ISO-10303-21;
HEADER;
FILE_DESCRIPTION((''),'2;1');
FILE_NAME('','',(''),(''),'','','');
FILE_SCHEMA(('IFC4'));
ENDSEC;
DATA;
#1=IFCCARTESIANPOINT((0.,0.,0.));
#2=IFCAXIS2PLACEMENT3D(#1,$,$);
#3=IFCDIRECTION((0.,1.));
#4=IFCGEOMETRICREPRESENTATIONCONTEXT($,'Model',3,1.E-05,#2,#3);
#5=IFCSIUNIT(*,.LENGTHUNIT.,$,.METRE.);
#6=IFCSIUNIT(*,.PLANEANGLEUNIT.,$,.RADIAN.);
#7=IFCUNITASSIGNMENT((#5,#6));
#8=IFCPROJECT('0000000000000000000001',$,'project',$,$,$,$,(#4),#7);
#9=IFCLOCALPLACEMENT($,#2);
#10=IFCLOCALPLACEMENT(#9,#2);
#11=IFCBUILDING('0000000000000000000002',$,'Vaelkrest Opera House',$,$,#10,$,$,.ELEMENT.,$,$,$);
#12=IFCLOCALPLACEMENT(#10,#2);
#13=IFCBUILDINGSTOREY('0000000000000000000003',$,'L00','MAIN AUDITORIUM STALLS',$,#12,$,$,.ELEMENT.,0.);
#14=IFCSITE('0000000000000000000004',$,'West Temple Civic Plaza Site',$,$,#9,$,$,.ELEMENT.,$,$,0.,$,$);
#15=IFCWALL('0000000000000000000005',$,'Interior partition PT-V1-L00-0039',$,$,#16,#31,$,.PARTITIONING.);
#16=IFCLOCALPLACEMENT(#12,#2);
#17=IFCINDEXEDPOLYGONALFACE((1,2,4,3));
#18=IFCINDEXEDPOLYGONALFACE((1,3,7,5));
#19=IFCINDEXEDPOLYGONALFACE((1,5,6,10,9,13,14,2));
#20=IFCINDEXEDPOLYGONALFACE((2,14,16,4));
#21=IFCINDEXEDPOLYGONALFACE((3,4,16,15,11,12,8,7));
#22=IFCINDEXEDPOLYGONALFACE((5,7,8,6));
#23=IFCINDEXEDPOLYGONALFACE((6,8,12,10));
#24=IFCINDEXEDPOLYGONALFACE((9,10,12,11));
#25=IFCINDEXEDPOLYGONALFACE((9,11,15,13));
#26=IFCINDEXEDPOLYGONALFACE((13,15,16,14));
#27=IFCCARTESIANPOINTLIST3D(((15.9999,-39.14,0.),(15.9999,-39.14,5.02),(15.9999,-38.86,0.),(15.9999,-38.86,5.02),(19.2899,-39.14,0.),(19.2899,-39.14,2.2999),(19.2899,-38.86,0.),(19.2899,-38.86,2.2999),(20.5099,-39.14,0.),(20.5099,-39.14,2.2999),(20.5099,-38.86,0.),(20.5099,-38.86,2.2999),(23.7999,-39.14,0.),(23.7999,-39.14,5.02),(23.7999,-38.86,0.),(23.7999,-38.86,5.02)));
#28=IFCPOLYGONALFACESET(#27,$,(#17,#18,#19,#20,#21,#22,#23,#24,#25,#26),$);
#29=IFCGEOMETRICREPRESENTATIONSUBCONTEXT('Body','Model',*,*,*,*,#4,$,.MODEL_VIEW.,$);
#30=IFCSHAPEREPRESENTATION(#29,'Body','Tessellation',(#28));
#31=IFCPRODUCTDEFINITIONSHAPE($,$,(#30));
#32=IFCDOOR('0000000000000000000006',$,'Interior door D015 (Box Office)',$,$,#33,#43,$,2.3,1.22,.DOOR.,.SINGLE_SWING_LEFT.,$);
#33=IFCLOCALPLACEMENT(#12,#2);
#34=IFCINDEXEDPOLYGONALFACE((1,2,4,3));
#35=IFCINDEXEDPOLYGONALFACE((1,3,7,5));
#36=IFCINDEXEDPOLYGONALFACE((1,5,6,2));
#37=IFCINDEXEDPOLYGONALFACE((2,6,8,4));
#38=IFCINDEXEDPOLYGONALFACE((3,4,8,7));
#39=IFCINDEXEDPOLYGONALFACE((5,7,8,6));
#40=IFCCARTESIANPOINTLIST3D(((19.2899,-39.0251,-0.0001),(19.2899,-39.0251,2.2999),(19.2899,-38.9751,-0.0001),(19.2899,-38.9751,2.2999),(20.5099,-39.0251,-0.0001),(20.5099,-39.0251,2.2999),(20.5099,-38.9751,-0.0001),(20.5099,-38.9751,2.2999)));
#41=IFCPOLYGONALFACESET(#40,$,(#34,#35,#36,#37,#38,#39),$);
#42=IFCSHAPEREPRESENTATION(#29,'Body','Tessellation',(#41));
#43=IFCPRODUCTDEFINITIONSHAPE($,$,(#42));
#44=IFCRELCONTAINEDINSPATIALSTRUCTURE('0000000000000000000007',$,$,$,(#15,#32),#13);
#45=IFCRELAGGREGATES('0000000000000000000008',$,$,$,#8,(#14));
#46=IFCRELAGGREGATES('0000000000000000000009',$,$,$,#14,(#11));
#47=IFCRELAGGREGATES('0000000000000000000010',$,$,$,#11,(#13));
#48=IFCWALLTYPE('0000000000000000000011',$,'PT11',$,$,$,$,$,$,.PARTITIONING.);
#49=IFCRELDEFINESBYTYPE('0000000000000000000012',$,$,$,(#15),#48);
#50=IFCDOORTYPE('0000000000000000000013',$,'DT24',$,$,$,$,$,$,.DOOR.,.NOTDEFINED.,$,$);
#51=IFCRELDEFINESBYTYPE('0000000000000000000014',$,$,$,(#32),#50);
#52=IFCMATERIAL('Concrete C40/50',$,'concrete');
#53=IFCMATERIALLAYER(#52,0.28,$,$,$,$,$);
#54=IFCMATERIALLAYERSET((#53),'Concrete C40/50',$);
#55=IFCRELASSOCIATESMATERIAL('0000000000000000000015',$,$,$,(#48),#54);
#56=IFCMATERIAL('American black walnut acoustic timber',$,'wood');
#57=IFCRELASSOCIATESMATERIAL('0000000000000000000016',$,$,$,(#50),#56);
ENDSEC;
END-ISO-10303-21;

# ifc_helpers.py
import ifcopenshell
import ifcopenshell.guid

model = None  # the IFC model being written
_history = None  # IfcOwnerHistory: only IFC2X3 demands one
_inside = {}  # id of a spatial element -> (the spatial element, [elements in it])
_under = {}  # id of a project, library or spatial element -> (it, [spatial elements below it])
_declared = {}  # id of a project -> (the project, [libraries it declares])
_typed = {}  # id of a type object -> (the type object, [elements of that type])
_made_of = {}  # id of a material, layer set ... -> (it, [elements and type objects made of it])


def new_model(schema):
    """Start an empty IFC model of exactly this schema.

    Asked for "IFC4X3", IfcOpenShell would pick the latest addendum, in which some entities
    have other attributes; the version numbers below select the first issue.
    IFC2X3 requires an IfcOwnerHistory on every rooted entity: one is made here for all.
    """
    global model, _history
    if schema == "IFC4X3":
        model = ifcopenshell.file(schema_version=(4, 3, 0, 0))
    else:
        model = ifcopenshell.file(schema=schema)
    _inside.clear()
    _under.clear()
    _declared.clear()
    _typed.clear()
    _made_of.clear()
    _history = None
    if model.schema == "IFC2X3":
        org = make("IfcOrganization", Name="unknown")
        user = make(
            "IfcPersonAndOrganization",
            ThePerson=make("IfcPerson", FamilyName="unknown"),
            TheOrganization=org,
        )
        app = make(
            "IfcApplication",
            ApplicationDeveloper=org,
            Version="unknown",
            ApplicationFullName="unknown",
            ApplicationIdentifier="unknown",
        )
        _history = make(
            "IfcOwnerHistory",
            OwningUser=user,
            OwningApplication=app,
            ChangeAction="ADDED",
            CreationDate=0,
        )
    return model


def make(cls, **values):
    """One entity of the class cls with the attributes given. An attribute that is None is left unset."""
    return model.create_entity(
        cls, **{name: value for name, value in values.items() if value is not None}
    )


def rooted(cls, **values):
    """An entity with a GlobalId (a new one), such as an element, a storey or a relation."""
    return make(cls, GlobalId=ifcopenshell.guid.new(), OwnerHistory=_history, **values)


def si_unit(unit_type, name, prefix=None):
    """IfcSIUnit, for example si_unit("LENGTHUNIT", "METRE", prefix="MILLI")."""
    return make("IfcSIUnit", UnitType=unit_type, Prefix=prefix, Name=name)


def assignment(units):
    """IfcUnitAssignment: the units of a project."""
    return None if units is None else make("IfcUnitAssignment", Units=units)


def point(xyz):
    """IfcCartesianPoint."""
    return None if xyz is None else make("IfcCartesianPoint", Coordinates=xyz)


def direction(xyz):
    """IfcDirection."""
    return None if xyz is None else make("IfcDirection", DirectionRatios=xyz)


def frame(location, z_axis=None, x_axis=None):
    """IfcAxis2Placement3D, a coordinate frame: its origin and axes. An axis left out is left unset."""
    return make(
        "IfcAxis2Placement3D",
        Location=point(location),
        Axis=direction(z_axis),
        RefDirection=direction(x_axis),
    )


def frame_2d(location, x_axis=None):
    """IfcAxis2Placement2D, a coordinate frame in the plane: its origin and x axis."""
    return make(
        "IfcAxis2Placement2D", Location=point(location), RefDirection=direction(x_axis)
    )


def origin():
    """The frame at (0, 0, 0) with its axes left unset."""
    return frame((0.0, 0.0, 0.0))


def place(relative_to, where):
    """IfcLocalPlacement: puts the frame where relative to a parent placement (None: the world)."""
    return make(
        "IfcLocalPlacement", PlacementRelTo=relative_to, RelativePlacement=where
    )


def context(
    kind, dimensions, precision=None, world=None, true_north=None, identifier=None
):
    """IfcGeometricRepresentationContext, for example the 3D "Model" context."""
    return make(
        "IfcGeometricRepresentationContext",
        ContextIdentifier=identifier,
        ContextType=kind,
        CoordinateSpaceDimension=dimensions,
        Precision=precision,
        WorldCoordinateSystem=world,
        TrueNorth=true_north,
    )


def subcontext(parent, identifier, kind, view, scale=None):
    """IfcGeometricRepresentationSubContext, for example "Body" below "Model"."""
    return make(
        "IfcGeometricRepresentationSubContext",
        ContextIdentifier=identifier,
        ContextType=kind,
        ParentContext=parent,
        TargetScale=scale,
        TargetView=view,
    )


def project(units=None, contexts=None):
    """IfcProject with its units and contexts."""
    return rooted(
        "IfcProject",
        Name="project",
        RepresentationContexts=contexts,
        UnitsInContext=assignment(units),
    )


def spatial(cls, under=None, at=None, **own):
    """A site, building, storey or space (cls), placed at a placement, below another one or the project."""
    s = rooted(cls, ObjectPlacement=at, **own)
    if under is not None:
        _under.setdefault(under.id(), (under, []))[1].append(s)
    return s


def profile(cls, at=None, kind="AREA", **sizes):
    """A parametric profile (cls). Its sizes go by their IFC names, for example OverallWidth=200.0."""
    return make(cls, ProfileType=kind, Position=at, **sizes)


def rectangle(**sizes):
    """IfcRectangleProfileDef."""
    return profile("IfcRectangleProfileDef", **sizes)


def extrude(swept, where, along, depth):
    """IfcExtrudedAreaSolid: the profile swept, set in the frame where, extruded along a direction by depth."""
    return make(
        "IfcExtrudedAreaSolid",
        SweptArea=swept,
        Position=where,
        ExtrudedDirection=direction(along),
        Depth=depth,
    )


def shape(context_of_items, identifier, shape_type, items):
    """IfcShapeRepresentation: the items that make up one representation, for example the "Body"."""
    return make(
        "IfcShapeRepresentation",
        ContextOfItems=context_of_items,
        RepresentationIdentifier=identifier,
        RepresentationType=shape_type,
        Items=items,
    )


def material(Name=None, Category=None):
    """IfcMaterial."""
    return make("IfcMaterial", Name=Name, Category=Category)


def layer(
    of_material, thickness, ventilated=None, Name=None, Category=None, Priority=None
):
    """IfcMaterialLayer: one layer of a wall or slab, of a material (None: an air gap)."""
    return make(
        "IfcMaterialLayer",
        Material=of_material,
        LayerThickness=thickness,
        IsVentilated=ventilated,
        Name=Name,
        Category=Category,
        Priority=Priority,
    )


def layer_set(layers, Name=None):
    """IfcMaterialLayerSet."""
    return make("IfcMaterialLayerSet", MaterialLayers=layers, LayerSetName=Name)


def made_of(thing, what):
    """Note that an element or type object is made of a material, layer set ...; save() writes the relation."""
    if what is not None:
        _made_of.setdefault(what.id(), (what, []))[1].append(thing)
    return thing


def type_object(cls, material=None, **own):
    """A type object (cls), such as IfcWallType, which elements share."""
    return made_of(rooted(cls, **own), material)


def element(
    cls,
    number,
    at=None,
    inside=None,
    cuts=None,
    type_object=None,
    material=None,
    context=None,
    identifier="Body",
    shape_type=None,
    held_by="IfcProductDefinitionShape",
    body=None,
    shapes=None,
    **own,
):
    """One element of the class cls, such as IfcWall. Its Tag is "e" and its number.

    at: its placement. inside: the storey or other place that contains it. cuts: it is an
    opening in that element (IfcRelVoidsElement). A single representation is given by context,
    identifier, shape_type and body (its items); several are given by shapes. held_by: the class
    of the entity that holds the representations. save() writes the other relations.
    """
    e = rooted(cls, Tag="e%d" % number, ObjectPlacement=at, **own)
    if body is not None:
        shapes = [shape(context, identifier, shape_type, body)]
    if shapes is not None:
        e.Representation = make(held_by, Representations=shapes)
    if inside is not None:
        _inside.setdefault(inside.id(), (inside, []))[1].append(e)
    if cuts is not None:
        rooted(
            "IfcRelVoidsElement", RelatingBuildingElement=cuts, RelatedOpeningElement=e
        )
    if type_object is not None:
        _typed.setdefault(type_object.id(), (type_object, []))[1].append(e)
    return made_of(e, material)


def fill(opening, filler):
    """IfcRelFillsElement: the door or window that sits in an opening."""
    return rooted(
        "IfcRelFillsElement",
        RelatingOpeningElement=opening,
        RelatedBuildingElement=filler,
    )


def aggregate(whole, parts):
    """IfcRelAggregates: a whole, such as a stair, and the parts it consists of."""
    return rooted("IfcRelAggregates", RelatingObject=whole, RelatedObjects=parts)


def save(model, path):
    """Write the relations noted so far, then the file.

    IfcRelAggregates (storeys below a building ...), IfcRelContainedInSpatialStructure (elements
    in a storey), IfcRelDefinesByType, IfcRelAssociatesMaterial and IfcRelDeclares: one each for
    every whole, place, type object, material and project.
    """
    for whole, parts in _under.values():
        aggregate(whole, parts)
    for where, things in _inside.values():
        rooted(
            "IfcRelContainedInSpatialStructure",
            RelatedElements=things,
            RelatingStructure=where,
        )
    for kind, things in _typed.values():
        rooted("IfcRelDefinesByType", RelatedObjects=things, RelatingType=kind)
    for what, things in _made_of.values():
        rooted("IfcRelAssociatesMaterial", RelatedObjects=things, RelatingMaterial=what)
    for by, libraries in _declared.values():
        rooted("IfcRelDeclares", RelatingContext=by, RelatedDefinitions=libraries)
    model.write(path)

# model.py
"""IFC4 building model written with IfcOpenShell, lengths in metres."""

from ifc_helpers import new_model, si_unit, direction, frame, frame_2d, origin, place, context, subcontext, project, spatial, rectangle, extrude, material, layer, layer_set, type_object, element, fill, save


model = new_model("IFC4")

# Units and contexts
model_context = context("Model", 3, precision=1e-05, world=origin(), true_north=direction((0.0, 1.0)))
body_context = subcontext(model_context, "Body", "Model", "MODEL_VIEW")
ifc_project = project(units=[si_unit("LENGTHUNIT", "METRE"), si_unit("PLANEANGLEUNIT", "RADIAN")], contexts=[model_context])

# Site, building, storey
site_placement = place(None, origin())
site = spatial("IfcSite", under=ifc_project, at=site_placement, Name="West Temple Civic Plaza Site", CompositionType="ELEMENT", RefElevation=0.0)
building_placement = place(site_placement, origin())
building = spatial("IfcBuilding", under=site, at=building_placement, Name="Vaelkrest Opera House", CompositionType="ELEMENT")
storey_placement = place(building_placement, origin())
storey = spatial("IfcBuildingStorey", under=building, at=storey_placement, Name="L00", Description="MAIN AUDITORIUM STALLS", CompositionType="ELEMENT", Elevation=0.0)

# Shared definitions
ifc_material_1 = material(Name="American black walnut acoustic timber", Category="wood")

# Shared definitions
ifc_material_2 = material(Name="Concrete C40/50", Category="concrete")

# Wall, opening, door
ifc_layer_1 = layer(ifc_material_2, 0.28)
ifc_layer_set_1 = layer_set([ifc_layer_1], Name="Concrete C40/50")
wall_type_1 = type_object("IfcWallType", Name="PT11", PredefinedType="PARTITIONING", material=ifc_layer_set_1)
wall_1_placement = place(storey_placement, frame((16.0, -39.0, 0.0), z_axis=(0.0, 0.0, 1.0), x_axis=(1.0, 0.0, 0.0)))
wall_1 = element("IfcWall", 1, at=wall_1_placement, inside=storey, type_object=wall_type_1, Name="Interior partition PT-V1-L00-0039", PredefinedType="PARTITIONING", context=body_context, shape_type="SweptSolid", body=[
    extrude(rectangle(XDim=7.8, YDim=0.28, at=frame_2d((3.8999, 0.0))), origin(), (0.0, 0.0, 1.0), 5.02),
])
opening_1_placement = place(wall_1_placement, frame((3.29, 0.0, 0.0)))
opening_1 = element("IfcOpeningElement", 2, at=opening_1_placement, cuts=wall_1, PredefinedType="OPENING", context=body_context, shape_type="SweptSolid", body=[
    extrude(rectangle(XDim=1.22, YDim=2.3, at=frame_2d((0.6099, 1.1499))), frame((0.0, 0.1499, 0.0), z_axis=(0.0, -1.0, 0.0), x_axis=(1.0, 0.0, 0.0)), (0.0, 0.0, 1.0), 0.3),
])
door_type_1 = type_object("IfcDoorType", Name="DT24", OperationType="NOTDEFINED", PredefinedType="DOOR", material=ifc_material_1)
door_1_placement = place(opening_1_placement, origin())
door_1 = element("IfcDoor", 3, at=door_1_placement, inside=storey, type_object=door_type_1, Name="Interior door D015 (Box Office)", OperationType="SINGLE_SWING_LEFT", OverallHeight=2.3, OverallWidth=1.22, PredefinedType="DOOR", context=body_context, shape_type="SweptSolid", body=[
    extrude(rectangle(XDim=1.22, YDim=2.3, at=frame_2d((0.6099, 1.1499))), frame((0.0, 0.0249, 0.0), z_axis=(0.0, -1.0, 0.0), x_axis=(1.0, 0.0, 0.0)), (0.0, 0.0, 1.0), 0.05),
])
fill(opening_1, door_1)

save(model, "model.ifc")
